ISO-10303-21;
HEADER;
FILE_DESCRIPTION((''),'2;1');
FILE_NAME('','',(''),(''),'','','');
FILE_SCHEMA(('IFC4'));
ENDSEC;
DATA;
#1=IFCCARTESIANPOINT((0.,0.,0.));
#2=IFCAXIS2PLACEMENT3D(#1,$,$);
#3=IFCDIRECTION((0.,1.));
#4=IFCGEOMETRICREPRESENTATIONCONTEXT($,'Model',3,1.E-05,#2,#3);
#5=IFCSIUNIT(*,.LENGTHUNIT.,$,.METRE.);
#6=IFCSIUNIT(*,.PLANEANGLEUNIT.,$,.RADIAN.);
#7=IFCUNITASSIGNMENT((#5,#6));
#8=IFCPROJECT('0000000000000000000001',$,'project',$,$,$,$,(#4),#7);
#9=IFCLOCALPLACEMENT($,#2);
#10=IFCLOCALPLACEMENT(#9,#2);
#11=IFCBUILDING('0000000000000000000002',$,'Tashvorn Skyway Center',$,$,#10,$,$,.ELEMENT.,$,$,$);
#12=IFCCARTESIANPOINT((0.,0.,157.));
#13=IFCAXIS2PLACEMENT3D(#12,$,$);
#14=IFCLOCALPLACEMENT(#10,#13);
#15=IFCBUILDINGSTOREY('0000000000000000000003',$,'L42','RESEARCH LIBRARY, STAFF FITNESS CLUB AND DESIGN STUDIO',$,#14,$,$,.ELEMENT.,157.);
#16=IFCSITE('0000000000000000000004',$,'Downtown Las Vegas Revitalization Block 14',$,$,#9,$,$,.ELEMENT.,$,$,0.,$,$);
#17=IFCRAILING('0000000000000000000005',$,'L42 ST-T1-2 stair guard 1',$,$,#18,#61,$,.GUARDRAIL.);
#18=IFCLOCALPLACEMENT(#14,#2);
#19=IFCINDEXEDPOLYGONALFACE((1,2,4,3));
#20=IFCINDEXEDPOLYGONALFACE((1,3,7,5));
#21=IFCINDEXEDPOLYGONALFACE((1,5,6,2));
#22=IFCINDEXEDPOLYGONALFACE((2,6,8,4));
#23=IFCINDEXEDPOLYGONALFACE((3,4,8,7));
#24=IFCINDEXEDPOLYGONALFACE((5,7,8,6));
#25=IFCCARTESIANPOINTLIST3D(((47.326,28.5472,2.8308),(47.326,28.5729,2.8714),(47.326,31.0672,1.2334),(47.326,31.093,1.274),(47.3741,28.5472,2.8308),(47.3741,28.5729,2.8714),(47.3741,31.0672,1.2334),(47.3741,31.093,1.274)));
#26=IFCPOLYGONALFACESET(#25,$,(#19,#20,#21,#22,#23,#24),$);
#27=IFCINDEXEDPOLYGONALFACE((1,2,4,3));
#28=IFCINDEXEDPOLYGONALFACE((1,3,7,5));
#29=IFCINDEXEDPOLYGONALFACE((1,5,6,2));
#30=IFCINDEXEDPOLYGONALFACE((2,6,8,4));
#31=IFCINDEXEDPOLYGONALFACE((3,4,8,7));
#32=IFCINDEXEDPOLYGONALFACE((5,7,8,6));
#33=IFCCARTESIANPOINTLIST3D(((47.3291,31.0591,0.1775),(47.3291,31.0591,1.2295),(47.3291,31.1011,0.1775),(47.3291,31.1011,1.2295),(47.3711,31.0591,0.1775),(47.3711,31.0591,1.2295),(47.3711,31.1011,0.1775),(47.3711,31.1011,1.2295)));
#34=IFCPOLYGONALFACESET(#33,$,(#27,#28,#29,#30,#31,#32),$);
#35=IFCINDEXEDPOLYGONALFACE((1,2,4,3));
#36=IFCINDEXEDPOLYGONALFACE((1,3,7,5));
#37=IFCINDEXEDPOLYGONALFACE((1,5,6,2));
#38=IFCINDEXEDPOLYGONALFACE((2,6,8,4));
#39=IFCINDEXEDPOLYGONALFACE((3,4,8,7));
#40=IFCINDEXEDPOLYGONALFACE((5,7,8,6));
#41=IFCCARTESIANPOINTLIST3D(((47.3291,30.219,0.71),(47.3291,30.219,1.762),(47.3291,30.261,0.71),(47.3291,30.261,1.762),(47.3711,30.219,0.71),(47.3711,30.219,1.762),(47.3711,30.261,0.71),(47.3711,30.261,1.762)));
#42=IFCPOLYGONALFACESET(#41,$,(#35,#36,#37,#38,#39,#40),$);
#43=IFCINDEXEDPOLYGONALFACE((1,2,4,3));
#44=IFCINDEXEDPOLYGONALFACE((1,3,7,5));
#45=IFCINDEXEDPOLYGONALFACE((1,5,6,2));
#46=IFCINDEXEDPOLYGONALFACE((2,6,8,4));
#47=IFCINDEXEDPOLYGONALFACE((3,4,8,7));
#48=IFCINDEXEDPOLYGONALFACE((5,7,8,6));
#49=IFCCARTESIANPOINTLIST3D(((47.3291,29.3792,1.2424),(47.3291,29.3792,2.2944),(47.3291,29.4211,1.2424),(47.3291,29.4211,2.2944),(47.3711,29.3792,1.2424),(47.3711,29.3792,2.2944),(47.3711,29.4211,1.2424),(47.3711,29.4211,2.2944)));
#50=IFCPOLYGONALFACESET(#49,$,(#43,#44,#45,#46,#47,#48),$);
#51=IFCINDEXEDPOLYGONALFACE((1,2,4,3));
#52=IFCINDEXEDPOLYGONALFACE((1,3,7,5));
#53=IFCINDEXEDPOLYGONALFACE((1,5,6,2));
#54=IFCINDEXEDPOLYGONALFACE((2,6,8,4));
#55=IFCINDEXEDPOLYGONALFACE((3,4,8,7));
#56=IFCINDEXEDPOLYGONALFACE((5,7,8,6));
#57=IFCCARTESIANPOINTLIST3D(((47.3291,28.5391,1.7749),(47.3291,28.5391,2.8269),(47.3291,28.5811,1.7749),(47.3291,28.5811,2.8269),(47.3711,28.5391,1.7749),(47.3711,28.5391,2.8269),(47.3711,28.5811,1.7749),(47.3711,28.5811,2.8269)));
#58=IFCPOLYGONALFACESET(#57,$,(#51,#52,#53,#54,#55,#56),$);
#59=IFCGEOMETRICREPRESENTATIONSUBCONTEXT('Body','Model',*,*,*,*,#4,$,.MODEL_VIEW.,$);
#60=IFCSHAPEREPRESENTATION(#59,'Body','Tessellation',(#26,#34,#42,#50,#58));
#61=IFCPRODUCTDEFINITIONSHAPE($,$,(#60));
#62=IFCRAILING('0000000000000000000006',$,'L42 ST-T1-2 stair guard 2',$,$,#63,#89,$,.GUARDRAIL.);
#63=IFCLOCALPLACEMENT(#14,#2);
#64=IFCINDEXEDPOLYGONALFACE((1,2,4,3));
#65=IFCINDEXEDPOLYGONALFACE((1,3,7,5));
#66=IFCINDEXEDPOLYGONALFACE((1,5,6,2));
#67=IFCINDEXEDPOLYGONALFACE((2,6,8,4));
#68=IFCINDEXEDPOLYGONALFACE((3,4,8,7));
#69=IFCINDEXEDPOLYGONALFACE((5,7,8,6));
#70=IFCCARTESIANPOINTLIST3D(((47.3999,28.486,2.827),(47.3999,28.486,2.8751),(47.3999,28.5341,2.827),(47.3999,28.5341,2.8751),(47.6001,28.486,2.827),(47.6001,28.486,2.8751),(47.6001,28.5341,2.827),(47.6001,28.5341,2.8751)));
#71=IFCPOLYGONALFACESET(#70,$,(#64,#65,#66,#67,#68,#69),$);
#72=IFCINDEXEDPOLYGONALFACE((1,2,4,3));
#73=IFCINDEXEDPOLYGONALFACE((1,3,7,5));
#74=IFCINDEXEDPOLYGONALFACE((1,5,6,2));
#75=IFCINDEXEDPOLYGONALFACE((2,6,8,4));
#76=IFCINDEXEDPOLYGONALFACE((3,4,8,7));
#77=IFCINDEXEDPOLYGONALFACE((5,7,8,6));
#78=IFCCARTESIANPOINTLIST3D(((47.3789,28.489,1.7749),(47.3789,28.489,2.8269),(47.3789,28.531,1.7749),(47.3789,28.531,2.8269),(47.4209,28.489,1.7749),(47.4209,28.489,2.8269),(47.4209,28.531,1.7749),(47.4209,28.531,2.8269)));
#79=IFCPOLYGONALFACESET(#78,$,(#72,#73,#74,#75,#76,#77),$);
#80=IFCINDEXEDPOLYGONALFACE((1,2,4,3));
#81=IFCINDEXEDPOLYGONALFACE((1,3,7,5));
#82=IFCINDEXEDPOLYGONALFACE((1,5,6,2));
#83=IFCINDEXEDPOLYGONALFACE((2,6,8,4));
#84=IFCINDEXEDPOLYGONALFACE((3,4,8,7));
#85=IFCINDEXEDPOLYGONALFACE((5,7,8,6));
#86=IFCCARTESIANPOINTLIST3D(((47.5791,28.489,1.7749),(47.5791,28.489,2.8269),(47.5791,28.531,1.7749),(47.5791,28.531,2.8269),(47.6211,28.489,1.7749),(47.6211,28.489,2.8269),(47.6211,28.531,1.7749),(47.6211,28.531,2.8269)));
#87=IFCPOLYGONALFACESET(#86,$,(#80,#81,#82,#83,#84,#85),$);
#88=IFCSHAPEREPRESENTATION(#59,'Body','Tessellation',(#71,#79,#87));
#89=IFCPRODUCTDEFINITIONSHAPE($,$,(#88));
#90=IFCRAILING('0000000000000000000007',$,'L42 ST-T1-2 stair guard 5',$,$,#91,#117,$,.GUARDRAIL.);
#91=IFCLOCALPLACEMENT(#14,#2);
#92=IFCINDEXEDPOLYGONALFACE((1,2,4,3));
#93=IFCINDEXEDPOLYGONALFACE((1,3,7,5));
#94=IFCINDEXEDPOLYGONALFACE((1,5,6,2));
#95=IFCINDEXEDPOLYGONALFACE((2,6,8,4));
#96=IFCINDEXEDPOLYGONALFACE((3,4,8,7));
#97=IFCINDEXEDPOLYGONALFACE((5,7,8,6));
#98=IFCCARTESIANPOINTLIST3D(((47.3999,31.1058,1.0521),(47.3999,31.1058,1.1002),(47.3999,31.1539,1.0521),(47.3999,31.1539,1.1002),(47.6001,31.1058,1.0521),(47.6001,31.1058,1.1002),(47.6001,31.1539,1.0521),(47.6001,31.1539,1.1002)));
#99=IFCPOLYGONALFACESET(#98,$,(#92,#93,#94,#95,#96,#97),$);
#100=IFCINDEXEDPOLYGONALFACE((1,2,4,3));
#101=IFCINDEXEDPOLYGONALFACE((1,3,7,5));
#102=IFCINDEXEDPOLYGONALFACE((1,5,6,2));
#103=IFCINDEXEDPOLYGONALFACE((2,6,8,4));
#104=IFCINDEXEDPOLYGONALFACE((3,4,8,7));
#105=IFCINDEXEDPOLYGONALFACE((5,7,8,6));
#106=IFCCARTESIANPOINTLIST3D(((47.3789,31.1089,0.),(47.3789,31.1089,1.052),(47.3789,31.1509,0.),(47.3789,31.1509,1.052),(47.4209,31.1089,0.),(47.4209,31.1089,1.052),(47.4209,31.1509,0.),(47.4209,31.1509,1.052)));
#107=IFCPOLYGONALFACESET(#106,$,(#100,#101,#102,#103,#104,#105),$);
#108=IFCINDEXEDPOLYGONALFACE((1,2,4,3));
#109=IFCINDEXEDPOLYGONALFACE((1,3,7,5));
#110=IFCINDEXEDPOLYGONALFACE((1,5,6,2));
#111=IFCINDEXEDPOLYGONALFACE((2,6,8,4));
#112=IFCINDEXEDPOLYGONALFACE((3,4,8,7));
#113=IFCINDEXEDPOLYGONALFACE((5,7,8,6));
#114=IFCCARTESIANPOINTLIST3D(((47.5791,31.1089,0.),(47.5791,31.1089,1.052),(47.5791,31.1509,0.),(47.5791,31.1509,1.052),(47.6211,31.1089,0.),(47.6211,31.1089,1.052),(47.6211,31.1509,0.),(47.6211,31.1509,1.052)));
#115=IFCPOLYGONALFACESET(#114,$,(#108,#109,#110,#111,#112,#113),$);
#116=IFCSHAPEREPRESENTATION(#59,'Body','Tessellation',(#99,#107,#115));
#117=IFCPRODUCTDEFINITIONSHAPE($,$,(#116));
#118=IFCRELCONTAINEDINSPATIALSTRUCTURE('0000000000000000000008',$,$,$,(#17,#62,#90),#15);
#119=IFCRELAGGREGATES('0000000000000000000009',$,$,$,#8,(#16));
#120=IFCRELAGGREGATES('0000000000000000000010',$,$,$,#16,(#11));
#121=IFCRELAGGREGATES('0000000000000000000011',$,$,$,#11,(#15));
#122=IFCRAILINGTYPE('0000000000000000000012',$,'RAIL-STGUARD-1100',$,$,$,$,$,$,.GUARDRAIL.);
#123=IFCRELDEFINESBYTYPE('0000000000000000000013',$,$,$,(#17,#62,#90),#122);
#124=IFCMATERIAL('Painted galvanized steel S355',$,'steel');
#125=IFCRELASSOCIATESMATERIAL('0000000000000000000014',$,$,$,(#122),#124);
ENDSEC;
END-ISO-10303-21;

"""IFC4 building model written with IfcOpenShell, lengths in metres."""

from ifc_helpers import new_model, si_unit, direction, frame, origin, origin_2d, place, context, subcontext, project, spatial, rectangle, extrude, material, type_object, element, save


model = new_model("IFC4")

# Units and contexts
model_context = context("Model", 3, precision=1e-05, world=origin(), true_north=direction((0.0, 1.0)))
body_context = subcontext(model_context, "Body", "Model", "MODEL_VIEW")
ifc_project = project(units=[si_unit("LENGTHUNIT", "METRE"), si_unit("PLANEANGLEUNIT", "RADIAN")], contexts=[model_context])

# Site, building, storey
site_placement = place(None, origin())
site = spatial("IfcSite", under=ifc_project, at=site_placement, Name="Downtown Las Vegas Revitalization Block 14", CompositionType="ELEMENT", RefElevation=0.0)
building_placement = place(site_placement, origin())
building = spatial("IfcBuilding", under=site, at=building_placement, Name="Tashvorn Skyway Center", CompositionType="ELEMENT")
storey_placement = place(building_placement, frame((0.0, 0.0, 157.0)))
storey = spatial("IfcBuildingStorey", under=building, at=storey_placement, Name="L42", Description="RESEARCH LIBRARY, STAFF FITNESS CLUB AND DESIGN STUDIO", CompositionType="ELEMENT", Elevation=157.0)

# Railings
ifc_material_1 = material(Name="Painted galvanized steel S355", Category="steel")
railing_type_1 = type_object("IfcRailingType", Name="RAIL-STGUARD-1100", PredefinedType="GUARDRAIL", material=ifc_material_1)
railing_1_placement = place(storey_placement, frame((47.3501, 31.0801, 0.1775)))
element("IfcRailing", 1, at=railing_1_placement, inside=storey, type_object=railing_type_1, Name="L42 ST-T1-2 stair guard 1", PredefinedType="GUARDRAIL", context=body_context, shape_type="SweptSolid", body=[
    extrude(rectangle(XDim=0.0481, YDim=0.0481, at=origin_2d()), frame((0.0, 0.0, 1.0762), z_axis=(0.0, -0.844607, 0.535387), x_axis=(1.0, 0.0, 0.0)), (0.0, 0.0, 1.0), 2.9836),
    extrude(rectangle(XDim=0.042, YDim=0.042, at=origin_2d()), origin(), (0.0, 0.0, 1.0), 1.052),
    extrude(rectangle(XDim=0.042, YDim=0.042, at=origin_2d()), frame((0.0, -0.8401, 0.5325)), (0.0, 0.0, 1.0), 1.052),
    extrude(rectangle(XDim=0.042, YDim=0.042, at=origin_2d()), frame((0.0, -1.6799, 1.0649)), (0.0, 0.0, 1.0), 1.052),
    extrude(rectangle(XDim=0.042, YDim=0.042, at=origin_2d()), frame((0.0, -2.52, 1.5974)), (0.0, 0.0, 1.0), 1.052),
])
for number, where, name in (
    (2, (47.3999, 28.51, 1.7749), "L42 ST-T1-2 stair guard 2"),
    (3, (47.3999, 31.1299, 0.0), "L42 ST-T1-2 stair guard 5"),
):
    element("IfcRailing", number, at=place(storey_placement, frame(where)), inside=storey, type_object=railing_type_1, Name=name, PredefinedType="GUARDRAIL", context=body_context, shape_type="SweptSolid", body=[
        extrude(rectangle(XDim=0.0481, YDim=0.0481, at=origin_2d()), frame((0.0, 0.0, 1.0762), z_axis=(1.0, 0.0, 0.0), x_axis=(0.0, 1.0, 0.0)), (0.0, 0.0, 1.0), 0.2002),
        extrude(rectangle(XDim=0.042, YDim=0.042, at=origin_2d()), origin(), (0.0, 0.0, 1.0), 1.052),
        extrude(rectangle(XDim=0.042, YDim=0.042, at=origin_2d()), frame((0.2002, 0.0, 0.0)), (0.0, 0.0, 1.0), 1.052),
    ])

save(model, "model.ifc")
